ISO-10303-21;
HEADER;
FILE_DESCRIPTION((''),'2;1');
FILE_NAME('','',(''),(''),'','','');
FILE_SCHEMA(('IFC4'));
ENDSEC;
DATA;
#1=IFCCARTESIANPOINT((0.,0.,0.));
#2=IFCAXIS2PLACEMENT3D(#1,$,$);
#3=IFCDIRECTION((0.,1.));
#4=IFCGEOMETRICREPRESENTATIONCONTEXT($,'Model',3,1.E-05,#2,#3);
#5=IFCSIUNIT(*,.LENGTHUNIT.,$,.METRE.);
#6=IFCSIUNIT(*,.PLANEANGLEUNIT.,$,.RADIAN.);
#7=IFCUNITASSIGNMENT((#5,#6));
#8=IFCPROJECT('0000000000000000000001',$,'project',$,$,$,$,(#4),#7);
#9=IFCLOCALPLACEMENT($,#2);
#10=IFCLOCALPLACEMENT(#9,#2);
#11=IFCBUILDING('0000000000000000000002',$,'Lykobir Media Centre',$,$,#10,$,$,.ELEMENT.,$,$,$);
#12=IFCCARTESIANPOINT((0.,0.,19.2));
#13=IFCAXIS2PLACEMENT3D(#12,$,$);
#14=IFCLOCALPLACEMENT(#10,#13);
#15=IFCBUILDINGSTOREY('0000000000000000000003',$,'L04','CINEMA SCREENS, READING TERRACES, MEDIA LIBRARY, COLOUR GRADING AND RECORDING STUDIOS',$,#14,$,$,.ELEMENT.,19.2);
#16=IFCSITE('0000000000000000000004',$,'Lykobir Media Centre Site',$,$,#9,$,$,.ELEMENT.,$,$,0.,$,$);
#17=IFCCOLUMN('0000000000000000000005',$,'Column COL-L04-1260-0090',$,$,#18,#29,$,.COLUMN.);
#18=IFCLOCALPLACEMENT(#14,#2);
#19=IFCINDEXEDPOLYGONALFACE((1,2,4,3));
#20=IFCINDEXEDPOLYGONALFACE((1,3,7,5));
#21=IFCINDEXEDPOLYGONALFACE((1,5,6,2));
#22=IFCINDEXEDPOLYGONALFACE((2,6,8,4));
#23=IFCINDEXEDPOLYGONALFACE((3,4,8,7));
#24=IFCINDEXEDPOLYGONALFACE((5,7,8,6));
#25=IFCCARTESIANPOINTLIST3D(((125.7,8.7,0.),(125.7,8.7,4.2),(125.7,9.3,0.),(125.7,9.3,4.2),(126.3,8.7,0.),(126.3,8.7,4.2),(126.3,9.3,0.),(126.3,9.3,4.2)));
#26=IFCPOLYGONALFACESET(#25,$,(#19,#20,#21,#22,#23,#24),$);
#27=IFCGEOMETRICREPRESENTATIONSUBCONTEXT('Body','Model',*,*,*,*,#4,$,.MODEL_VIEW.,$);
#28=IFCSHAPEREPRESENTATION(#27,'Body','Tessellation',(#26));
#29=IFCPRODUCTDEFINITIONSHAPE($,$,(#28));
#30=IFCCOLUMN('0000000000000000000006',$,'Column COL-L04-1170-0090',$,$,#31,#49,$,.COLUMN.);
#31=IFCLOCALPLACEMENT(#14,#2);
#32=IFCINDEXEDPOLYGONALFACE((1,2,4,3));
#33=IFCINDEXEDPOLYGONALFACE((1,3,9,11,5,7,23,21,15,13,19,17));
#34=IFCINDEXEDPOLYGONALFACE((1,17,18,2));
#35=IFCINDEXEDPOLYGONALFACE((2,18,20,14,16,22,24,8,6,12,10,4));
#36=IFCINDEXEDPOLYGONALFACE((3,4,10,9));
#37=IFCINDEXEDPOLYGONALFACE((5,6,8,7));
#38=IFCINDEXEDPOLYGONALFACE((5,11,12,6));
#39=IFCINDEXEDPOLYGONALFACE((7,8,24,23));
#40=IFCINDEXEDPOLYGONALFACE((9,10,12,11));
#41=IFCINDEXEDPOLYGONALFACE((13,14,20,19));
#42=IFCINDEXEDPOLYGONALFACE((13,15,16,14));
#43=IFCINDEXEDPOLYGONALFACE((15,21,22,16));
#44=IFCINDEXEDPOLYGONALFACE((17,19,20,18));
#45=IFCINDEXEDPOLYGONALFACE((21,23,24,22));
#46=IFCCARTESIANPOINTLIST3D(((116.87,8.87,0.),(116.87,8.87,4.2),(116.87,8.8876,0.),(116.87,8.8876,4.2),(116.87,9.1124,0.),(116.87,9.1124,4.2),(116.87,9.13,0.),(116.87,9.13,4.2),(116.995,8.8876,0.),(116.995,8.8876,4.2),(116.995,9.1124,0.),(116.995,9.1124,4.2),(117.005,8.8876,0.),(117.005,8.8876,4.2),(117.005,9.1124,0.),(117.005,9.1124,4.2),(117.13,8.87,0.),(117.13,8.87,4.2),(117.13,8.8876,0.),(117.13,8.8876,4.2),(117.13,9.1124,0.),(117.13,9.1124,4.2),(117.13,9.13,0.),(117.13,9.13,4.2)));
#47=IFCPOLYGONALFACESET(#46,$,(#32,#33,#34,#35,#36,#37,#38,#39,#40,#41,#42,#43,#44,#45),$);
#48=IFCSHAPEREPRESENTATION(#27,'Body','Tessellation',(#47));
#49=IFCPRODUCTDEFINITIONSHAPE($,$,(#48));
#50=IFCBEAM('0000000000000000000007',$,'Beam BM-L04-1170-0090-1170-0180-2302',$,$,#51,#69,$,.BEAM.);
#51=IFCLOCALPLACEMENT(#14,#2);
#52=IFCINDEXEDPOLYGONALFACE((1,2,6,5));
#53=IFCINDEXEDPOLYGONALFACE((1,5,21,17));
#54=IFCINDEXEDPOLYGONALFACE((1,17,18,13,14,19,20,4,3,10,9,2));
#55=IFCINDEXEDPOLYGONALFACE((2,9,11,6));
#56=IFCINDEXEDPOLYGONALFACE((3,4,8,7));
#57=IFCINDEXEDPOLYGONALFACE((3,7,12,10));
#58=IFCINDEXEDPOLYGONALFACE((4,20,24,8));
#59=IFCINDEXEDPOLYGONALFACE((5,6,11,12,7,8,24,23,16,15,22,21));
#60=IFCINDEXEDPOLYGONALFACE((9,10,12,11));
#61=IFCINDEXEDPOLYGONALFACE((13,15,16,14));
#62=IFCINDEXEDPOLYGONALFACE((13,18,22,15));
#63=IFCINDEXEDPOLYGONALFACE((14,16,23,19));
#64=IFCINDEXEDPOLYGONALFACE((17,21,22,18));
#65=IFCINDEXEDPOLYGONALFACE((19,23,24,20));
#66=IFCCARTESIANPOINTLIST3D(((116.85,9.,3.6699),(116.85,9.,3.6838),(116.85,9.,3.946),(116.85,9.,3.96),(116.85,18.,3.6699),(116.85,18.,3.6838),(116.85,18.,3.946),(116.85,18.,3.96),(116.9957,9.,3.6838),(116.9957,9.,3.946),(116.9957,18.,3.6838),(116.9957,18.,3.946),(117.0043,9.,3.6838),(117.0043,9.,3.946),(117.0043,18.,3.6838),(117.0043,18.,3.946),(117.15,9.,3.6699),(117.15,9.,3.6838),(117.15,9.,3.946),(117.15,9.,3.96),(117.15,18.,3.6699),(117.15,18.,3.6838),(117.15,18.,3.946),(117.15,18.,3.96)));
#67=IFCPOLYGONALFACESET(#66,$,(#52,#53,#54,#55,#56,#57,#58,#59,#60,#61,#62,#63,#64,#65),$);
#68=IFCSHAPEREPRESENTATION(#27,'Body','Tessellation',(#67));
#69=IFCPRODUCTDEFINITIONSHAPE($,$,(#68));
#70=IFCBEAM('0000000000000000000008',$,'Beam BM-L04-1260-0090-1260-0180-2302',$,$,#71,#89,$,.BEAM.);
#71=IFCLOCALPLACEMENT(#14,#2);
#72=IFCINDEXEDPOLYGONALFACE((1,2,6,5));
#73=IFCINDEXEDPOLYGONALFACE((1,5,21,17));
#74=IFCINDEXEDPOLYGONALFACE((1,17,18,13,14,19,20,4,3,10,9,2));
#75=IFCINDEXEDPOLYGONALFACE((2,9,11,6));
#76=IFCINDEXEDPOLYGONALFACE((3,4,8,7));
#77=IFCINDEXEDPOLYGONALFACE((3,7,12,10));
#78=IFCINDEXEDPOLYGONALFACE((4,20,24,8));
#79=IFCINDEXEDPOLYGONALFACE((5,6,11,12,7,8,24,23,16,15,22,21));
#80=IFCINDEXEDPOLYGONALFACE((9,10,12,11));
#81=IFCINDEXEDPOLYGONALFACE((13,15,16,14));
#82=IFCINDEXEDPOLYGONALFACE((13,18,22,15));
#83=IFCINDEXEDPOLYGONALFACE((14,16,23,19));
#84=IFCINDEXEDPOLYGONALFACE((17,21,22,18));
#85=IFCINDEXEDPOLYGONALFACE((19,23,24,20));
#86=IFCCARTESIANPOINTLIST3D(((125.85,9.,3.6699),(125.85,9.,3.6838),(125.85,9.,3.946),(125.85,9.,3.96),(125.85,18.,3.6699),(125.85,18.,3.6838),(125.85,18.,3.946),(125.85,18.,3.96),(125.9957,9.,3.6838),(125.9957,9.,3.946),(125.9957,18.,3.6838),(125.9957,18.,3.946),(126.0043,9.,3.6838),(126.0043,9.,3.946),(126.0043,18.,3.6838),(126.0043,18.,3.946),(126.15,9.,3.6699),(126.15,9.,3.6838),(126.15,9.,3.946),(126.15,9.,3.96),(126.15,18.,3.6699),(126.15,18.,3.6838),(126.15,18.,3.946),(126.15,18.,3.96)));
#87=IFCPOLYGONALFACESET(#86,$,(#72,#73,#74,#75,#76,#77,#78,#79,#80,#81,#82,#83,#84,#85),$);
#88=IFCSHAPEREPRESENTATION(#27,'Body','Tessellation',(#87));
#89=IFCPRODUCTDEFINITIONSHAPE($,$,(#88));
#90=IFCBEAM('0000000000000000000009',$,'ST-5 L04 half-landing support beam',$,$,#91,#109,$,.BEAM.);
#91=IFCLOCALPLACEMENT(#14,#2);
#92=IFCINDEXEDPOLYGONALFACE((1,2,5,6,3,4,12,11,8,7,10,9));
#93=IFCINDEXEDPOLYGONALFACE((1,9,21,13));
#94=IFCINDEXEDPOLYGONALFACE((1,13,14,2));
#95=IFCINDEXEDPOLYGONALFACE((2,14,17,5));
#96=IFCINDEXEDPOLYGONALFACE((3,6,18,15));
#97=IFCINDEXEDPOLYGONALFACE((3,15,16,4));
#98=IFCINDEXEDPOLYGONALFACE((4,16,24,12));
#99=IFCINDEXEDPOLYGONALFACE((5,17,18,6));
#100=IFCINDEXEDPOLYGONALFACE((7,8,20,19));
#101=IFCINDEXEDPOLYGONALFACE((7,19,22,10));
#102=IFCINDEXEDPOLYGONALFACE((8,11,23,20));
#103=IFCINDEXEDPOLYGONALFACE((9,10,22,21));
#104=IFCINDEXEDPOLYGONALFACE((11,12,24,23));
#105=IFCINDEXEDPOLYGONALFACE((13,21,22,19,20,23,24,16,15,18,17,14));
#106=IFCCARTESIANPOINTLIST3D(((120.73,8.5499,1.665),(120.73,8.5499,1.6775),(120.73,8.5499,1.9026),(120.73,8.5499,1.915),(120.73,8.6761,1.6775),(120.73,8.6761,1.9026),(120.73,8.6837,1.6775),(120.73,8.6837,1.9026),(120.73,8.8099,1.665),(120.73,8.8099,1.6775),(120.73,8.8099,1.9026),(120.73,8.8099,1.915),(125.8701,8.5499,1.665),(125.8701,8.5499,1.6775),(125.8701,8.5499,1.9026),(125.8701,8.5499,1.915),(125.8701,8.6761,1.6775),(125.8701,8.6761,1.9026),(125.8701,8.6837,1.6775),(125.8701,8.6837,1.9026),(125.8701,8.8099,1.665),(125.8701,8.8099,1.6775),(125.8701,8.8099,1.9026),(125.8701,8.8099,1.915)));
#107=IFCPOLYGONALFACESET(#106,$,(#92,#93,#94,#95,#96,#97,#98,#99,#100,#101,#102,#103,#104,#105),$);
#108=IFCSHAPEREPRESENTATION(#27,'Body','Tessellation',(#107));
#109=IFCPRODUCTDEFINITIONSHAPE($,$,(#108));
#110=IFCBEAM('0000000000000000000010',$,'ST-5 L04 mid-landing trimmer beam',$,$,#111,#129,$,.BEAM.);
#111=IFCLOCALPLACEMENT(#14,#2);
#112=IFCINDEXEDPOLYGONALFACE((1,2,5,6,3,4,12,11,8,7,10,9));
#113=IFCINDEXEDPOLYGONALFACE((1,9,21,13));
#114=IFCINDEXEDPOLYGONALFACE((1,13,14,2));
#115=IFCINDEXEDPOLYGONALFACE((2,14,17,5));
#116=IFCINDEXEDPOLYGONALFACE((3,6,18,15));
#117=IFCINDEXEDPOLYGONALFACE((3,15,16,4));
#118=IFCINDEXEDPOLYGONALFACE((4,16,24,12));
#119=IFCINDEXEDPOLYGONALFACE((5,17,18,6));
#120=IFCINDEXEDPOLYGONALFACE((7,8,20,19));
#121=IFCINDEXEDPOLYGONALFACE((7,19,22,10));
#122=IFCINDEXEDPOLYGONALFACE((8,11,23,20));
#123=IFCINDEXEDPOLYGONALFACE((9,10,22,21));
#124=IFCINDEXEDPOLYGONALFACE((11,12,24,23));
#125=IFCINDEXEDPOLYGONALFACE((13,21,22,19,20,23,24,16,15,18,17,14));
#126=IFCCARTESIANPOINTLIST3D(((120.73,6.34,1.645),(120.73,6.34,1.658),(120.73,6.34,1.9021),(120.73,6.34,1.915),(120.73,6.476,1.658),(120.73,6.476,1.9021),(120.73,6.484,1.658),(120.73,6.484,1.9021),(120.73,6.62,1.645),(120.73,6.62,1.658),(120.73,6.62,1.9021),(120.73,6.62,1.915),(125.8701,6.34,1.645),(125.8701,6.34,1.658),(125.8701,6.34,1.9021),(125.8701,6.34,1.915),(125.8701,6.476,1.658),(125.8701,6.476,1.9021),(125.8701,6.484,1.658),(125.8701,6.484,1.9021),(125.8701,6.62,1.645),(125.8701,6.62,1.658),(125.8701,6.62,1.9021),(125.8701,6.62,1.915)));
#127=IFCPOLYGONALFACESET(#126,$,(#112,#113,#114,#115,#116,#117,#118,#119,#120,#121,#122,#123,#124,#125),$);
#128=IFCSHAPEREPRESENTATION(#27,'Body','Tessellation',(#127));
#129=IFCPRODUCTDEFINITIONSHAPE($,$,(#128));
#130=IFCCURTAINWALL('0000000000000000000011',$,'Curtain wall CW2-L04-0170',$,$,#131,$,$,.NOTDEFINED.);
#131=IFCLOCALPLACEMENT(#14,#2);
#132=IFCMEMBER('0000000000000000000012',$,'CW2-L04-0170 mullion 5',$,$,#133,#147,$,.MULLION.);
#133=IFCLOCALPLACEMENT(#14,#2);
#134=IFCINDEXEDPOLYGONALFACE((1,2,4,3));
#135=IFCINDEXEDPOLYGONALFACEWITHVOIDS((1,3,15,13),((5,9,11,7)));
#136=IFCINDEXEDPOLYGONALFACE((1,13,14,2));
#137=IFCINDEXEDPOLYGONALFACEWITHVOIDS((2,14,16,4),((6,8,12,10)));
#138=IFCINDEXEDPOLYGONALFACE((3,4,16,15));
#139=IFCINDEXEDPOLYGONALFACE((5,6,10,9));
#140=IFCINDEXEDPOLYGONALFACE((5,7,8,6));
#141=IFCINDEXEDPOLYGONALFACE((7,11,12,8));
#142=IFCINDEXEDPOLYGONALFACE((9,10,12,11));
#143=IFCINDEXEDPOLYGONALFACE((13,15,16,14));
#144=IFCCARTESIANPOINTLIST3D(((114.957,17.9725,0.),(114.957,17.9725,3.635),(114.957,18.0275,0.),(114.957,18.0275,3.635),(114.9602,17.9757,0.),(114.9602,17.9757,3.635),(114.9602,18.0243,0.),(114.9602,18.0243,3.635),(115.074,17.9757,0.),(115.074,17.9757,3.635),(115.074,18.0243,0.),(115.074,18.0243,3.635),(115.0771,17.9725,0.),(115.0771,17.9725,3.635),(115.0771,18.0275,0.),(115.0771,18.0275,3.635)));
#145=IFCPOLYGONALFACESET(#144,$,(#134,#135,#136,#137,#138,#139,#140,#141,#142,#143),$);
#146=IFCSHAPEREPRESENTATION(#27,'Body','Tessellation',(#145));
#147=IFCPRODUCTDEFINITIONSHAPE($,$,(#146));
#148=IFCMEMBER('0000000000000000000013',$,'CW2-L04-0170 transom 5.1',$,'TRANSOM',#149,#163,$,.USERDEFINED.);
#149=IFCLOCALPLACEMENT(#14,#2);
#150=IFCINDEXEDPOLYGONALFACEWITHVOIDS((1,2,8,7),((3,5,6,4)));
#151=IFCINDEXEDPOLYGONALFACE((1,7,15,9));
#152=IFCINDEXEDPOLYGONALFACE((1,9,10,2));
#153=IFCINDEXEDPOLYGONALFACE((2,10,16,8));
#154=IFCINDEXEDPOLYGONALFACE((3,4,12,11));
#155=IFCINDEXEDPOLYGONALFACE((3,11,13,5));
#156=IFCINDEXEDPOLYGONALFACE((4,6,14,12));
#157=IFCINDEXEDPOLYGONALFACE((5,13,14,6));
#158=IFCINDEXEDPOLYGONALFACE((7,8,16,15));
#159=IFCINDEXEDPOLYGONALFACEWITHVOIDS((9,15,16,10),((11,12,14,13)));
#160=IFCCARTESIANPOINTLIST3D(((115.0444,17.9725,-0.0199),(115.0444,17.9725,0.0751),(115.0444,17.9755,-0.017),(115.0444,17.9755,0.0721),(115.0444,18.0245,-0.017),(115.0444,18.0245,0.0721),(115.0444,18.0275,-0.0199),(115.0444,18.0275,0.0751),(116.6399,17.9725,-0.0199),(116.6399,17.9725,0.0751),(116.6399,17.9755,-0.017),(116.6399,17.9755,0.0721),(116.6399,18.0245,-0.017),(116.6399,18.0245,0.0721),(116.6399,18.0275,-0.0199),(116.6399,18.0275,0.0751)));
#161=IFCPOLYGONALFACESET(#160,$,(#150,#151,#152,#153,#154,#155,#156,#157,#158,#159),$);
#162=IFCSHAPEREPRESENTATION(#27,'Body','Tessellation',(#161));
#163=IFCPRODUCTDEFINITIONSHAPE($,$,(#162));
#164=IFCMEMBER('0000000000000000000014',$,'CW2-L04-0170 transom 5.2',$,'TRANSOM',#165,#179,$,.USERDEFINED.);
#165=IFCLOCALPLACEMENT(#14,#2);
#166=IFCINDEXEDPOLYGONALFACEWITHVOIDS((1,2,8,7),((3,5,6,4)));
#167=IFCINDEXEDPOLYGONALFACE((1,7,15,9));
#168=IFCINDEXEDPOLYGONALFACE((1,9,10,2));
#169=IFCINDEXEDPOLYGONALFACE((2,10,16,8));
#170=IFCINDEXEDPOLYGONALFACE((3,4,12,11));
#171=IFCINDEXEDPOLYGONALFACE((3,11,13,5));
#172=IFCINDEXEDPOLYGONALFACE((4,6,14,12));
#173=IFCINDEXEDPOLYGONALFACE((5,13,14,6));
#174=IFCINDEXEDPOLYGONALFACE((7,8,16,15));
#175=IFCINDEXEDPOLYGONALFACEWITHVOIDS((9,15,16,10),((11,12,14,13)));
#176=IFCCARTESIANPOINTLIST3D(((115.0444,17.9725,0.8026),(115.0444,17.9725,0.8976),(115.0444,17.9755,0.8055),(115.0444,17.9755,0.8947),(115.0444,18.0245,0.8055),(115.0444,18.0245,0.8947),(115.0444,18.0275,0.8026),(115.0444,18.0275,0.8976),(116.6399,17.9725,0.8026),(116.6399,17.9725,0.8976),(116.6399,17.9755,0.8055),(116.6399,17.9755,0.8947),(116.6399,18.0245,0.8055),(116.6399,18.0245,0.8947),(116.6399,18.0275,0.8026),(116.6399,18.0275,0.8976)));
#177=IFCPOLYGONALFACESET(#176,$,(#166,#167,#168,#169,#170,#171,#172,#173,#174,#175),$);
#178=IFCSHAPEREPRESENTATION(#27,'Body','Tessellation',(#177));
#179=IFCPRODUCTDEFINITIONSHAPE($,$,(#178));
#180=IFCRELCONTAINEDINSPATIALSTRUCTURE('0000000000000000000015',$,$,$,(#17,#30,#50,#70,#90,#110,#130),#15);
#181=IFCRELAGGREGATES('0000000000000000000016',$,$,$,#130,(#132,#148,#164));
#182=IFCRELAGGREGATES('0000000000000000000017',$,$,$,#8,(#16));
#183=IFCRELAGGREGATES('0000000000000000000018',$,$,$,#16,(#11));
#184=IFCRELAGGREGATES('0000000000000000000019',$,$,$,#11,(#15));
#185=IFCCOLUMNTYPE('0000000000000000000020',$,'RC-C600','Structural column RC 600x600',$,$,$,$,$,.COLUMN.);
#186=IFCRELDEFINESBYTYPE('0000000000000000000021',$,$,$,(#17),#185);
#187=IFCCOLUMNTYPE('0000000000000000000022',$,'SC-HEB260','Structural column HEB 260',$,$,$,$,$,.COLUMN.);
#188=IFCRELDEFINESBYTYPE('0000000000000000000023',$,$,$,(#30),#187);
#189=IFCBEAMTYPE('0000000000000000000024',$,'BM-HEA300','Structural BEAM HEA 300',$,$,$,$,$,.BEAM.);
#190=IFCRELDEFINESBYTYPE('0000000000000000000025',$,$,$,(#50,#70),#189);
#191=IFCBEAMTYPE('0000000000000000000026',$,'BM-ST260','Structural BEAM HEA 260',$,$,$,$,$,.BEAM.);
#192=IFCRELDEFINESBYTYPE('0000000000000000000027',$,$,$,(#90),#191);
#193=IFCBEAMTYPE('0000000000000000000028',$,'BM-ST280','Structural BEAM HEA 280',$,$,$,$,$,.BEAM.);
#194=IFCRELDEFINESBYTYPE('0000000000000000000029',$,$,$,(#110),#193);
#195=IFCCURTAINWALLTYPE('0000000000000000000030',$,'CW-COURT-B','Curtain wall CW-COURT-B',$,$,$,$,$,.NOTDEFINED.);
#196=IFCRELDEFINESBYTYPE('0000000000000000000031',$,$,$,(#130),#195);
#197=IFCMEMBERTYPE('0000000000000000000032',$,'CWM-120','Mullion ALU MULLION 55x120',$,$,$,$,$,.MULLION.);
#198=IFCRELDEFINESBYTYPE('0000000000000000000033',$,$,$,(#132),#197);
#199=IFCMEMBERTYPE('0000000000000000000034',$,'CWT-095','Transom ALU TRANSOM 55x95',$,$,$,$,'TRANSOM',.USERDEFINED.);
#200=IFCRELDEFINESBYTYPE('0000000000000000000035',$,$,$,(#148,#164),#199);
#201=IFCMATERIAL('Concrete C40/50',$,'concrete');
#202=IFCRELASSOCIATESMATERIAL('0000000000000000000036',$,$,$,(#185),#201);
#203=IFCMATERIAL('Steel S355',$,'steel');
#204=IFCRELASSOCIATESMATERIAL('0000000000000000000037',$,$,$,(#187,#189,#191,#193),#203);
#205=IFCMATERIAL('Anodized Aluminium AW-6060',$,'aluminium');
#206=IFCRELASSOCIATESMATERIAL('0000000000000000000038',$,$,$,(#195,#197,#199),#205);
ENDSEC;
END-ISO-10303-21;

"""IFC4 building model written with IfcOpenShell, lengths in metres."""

from ifc_helpers import new_model, si_unit, direction, frame, origin, origin_2d, place, context, subcontext, project, spatial, rectangle, hollow_rectangle, i_section, extrude, material, material_profile, profile_set, type_object, element, aggregate, save


model = new_model("IFC4")

# Units and contexts
model_context = context("Model", 3, precision=1e-05, world=origin(), true_north=direction((0.0, 1.0)))
body_context = subcontext(model_context, "Body", "Model", "MODEL_VIEW")
ifc_project = project(units=[si_unit("LENGTHUNIT", "METRE"), si_unit("PLANEANGLEUNIT", "RADIAN")], contexts=[model_context])

# Site, building, storey
site_placement = place(None, origin())
site = spatial("IfcSite", under=ifc_project, at=site_placement, Name="Lykobir Media Centre Site", CompositionType="ELEMENT", RefElevation=0.0)
building_placement = place(site_placement, origin())
building = spatial("IfcBuilding", under=site, at=building_placement, Name="Lykobir Media Centre", CompositionType="ELEMENT")
storey_placement = place(building_placement, frame((0.0, 0.0, 19.2)))
storey = spatial("IfcBuildingStorey", under=building, at=storey_placement, Name="L04", Description="CINEMA SCREENS, READING TERRACES, MEDIA LIBRARY, COLOUR GRADING AND RECORDING STUDIOS", CompositionType="ELEMENT", Elevation=19.2)

# Columns
ifc_material_1 = material(Name="Concrete C40/50", Category="concrete")
ifc_material_profile_1 = material_profile(ifc_material_1, rectangle(XDim=0.6001, YDim=0.6001, at=origin_2d()), Name="RC 600x600")
ifc_profile_set_1 = profile_set([ifc_material_profile_1], Name="Concrete C40/50")
column_type_1 = type_object("IfcColumnType", Name="RC-C600", Description="Structural column RC 600x600", PredefinedType="COLUMN", material=ifc_profile_set_1)
column_1_placement = place(storey_placement, frame((126.0, 9.0, 0.0), z_axis=(0.0, 0.0, 1.0), x_axis=(1.0, 0.0, 0.0)))
element("IfcColumn", 1, at=column_1_placement, inside=storey, type_object=column_type_1, Name="Column COL-L04-1260-0090", PredefinedType="COLUMN", context=body_context, shape_type="SweptSolid", body=[
    extrude(rectangle(XDim=0.6001, YDim=0.6001, at=origin_2d()), origin(), (0.0, 0.0, 1.0), 4.2),
])
ifc_material_2 = material(Name="Steel S355", Category="steel")
ifc_material_profile_2 = material_profile(ifc_material_2, i_section(OverallWidth=0.26, OverallDepth=0.26, WebThickness=0.01, FlangeThickness=0.0176, at=origin_2d()), Name="HEB 260")
ifc_profile_set_2 = profile_set([ifc_material_profile_2], Name="Steel S355")
column_type_2 = type_object("IfcColumnType", Name="SC-HEB260", Description="Structural column HEB 260", PredefinedType="COLUMN", material=ifc_profile_set_2)
column_2_placement = place(storey_placement, frame((117.0, 9.0, 0.0), z_axis=(0.0, 0.0, 1.0), x_axis=(1.0, 0.0, 0.0)))
element("IfcColumn", 2, at=column_2_placement, inside=storey, type_object=column_type_2, Name="Column COL-L04-1170-0090", PredefinedType="COLUMN", context=body_context, shape_type="SweptSolid", body=[
    extrude(i_section(OverallWidth=0.26, OverallDepth=0.26, WebThickness=0.01, FlangeThickness=0.0176, at=origin_2d()), origin(), (0.0, 0.0, 1.0), 4.2),
])

# Beams
ifc_material_profile_3 = material_profile(ifc_material_2, i_section(OverallWidth=0.3, OverallDepth=0.29, WebThickness=0.0085, FlangeThickness=0.0139, at=origin_2d()), Name="HEA 300")
ifc_profile_set_3 = profile_set([ifc_material_profile_3], Name="Steel S355")
beam_type_1 = type_object("IfcBeamType", Name="BM-HEA300", Description="Structural BEAM HEA 300", PredefinedType="BEAM", material=ifc_profile_set_3)
for number, where, z_axis, x_axis, name in (
    (3, (117.0, 9.0, 3.8149), (0.0, 1.0, 0.0), (-1.0, 0.0, 0.0), "Beam BM-L04-1170-0090-1170-0180-2302"),
    (4, (126.0, 9.0, 3.8149), (0.0, 1.0, 0.0), (-1.0, 0.0, 0.0), "Beam BM-L04-1260-0090-1260-0180-2302"),
):
    element("IfcBeam", number, at=place(storey_placement, frame(where, z_axis=z_axis, x_axis=x_axis)), inside=storey, type_object=beam_type_1, Name=name, PredefinedType="BEAM", context=body_context, shape_type="SweptSolid", body=[
        extrude(i_section(OverallWidth=0.3, OverallDepth=0.29, WebThickness=0.0085, FlangeThickness=0.0139, at=origin_2d()), origin(), (0.0, 0.0, 1.0), 9.0),
    ])
ifc_material_profile_4 = material_profile(ifc_material_2, i_section(OverallWidth=0.26, OverallDepth=0.25, WebThickness=0.0076, FlangeThickness=0.0125, at=origin_2d()), Name="HEA 260")
ifc_profile_set_4 = profile_set([ifc_material_profile_4], Name="Steel S355")
beam_type_2 = type_object("IfcBeamType", Name="BM-ST260", Description="Structural BEAM HEA 260", PredefinedType="BEAM", material=ifc_profile_set_4)
beam_1_placement = place(storey_placement, frame((120.73, 8.6799, 1.79), z_axis=(1.0, 0.0, 0.0), x_axis=(0.0, 1.0, 0.0)))
element("IfcBeam", 5, at=beam_1_placement, inside=storey, type_object=beam_type_2, Name="ST-5 L04 half-landing support beam", PredefinedType="BEAM", context=body_context, shape_type="SweptSolid", body=[
    extrude(i_section(OverallWidth=0.26, OverallDepth=0.25, WebThickness=0.0076, FlangeThickness=0.0125, at=origin_2d()), origin(), (0.0, 0.0, 1.0), 5.1401),
])
ifc_material_profile_5 = material_profile(ifc_material_2, i_section(OverallWidth=0.28, OverallDepth=0.27, WebThickness=0.0081, FlangeThickness=0.0129, at=origin_2d()), Name="HEA 280")
ifc_profile_set_5 = profile_set([ifc_material_profile_5], Name="Steel S355")
beam_type_3 = type_object("IfcBeamType", Name="BM-ST280", Description="Structural BEAM HEA 280", PredefinedType="BEAM", material=ifc_profile_set_5)
beam_2_placement = place(storey_placement, frame((120.73, 6.48, 1.78), z_axis=(1.0, 0.0, 0.0), x_axis=(0.0, 1.0, 0.0)))
element("IfcBeam", 6, at=beam_2_placement, inside=storey, type_object=beam_type_3, Name="ST-5 L04 mid-landing trimmer beam", PredefinedType="BEAM", context=body_context, shape_type="SweptSolid", body=[
    extrude(i_section(OverallWidth=0.28, OverallDepth=0.27, WebThickness=0.0081, FlangeThickness=0.0129, at=origin_2d()), origin(), (0.0, 0.0, 1.0), 5.1401),
])

# Curtain wall, members
ifc_material_3 = material(Name="Anodized Aluminium AW-6060", Category="aluminium")
curtain_wall_type = type_object("IfcCurtainWallType", Name="CW-COURT-B", Description="Curtain wall CW-COURT-B", PredefinedType="NOTDEFINED", material=ifc_material_3)
curtain_wall_placement = place(storey_placement, origin())
curtain_wall = element("IfcCurtainWall", 7, at=curtain_wall_placement, inside=storey, type_object=curtain_wall_type, Name="Curtain wall CW2-L04-0170", PredefinedType="NOTDEFINED")
ifc_material_profile_6 = material_profile(ifc_material_3, hollow_rectangle(XDim=0.0549, YDim=0.1201, WallThickness=0.0032, at=origin_2d()), Name="ALU MULLION 55x120")
ifc_profile_set_6 = profile_set([ifc_material_profile_6], Name="Anodized Aluminium AW-6060")
member_type_1 = type_object("IfcMemberType", Name="CWM-120", Description="Mullion ALU MULLION 55x120", PredefinedType="MULLION", material=ifc_profile_set_6)
member_1_placement = place(storey_placement, frame((115.0171, 18.0, 0.0), z_axis=(0.0, 0.0, 1.0), x_axis=(0.0, 1.0, 0.0)))
member_1 = element("IfcMember", 8, at=member_1_placement, type_object=member_type_1, Name="CW2-L04-0170 mullion 5", PredefinedType="MULLION", context=body_context, shape_type="SweptSolid", body=[
    extrude(hollow_rectangle(XDim=0.0549, YDim=0.1201, WallThickness=0.0032, at=origin_2d()), origin(), (0.0, 0.0, 1.0), 3.635),
])
ifc_material_profile_7 = material_profile(ifc_material_3, hollow_rectangle(XDim=0.0549, YDim=0.095, WallThickness=0.0029, at=origin_2d()), Name="ALU TRANSOM 55x95")
ifc_profile_set_7 = profile_set([ifc_material_profile_7], Name="Anodized Aluminium AW-6060")
member_type_2 = type_object("IfcMemberType", Name="CWT-095", Description="Transom ALU TRANSOM 55x95", ElementType="TRANSOM", PredefinedType="USERDEFINED", material=ifc_profile_set_7)
member_2_placement = place(storey_placement, frame((115.0444, 18.0, 0.0276), z_axis=(1.0, 0.0, 0.0), x_axis=(0.0, 1.0, 0.0)))
member_2 = element("IfcMember", 9, at=member_2_placement, type_object=member_type_2, Name="CW2-L04-0170 transom 5.1", ObjectType="TRANSOM", PredefinedType="USERDEFINED", context=body_context, shape_type="SweptSolid", body=[
    extrude(hollow_rectangle(XDim=0.0549, YDim=0.095, WallThickness=0.0029, at=origin_2d()), origin(), (0.0, 0.0, 1.0), 1.5955),
])
member_3_placement = place(storey_placement, frame((115.0444, 18.0, 0.8501), z_axis=(1.0, 0.0, 0.0), x_axis=(0.0, 1.0, 0.0)))
member_3 = element("IfcMember", 10, at=member_3_placement, type_object=member_type_2, Name="CW2-L04-0170 transom 5.2", ObjectType="TRANSOM", PredefinedType="USERDEFINED", context=body_context, shape_type="SweptSolid", body=[
    extrude(hollow_rectangle(XDim=0.0549, YDim=0.095, WallThickness=0.0029, at=origin_2d()), origin(), (0.0, 0.0, 1.0), 1.5955),
])
aggregate(curtain_wall, [member_1, member_2, member_3])

save(model, "model.ifc")
